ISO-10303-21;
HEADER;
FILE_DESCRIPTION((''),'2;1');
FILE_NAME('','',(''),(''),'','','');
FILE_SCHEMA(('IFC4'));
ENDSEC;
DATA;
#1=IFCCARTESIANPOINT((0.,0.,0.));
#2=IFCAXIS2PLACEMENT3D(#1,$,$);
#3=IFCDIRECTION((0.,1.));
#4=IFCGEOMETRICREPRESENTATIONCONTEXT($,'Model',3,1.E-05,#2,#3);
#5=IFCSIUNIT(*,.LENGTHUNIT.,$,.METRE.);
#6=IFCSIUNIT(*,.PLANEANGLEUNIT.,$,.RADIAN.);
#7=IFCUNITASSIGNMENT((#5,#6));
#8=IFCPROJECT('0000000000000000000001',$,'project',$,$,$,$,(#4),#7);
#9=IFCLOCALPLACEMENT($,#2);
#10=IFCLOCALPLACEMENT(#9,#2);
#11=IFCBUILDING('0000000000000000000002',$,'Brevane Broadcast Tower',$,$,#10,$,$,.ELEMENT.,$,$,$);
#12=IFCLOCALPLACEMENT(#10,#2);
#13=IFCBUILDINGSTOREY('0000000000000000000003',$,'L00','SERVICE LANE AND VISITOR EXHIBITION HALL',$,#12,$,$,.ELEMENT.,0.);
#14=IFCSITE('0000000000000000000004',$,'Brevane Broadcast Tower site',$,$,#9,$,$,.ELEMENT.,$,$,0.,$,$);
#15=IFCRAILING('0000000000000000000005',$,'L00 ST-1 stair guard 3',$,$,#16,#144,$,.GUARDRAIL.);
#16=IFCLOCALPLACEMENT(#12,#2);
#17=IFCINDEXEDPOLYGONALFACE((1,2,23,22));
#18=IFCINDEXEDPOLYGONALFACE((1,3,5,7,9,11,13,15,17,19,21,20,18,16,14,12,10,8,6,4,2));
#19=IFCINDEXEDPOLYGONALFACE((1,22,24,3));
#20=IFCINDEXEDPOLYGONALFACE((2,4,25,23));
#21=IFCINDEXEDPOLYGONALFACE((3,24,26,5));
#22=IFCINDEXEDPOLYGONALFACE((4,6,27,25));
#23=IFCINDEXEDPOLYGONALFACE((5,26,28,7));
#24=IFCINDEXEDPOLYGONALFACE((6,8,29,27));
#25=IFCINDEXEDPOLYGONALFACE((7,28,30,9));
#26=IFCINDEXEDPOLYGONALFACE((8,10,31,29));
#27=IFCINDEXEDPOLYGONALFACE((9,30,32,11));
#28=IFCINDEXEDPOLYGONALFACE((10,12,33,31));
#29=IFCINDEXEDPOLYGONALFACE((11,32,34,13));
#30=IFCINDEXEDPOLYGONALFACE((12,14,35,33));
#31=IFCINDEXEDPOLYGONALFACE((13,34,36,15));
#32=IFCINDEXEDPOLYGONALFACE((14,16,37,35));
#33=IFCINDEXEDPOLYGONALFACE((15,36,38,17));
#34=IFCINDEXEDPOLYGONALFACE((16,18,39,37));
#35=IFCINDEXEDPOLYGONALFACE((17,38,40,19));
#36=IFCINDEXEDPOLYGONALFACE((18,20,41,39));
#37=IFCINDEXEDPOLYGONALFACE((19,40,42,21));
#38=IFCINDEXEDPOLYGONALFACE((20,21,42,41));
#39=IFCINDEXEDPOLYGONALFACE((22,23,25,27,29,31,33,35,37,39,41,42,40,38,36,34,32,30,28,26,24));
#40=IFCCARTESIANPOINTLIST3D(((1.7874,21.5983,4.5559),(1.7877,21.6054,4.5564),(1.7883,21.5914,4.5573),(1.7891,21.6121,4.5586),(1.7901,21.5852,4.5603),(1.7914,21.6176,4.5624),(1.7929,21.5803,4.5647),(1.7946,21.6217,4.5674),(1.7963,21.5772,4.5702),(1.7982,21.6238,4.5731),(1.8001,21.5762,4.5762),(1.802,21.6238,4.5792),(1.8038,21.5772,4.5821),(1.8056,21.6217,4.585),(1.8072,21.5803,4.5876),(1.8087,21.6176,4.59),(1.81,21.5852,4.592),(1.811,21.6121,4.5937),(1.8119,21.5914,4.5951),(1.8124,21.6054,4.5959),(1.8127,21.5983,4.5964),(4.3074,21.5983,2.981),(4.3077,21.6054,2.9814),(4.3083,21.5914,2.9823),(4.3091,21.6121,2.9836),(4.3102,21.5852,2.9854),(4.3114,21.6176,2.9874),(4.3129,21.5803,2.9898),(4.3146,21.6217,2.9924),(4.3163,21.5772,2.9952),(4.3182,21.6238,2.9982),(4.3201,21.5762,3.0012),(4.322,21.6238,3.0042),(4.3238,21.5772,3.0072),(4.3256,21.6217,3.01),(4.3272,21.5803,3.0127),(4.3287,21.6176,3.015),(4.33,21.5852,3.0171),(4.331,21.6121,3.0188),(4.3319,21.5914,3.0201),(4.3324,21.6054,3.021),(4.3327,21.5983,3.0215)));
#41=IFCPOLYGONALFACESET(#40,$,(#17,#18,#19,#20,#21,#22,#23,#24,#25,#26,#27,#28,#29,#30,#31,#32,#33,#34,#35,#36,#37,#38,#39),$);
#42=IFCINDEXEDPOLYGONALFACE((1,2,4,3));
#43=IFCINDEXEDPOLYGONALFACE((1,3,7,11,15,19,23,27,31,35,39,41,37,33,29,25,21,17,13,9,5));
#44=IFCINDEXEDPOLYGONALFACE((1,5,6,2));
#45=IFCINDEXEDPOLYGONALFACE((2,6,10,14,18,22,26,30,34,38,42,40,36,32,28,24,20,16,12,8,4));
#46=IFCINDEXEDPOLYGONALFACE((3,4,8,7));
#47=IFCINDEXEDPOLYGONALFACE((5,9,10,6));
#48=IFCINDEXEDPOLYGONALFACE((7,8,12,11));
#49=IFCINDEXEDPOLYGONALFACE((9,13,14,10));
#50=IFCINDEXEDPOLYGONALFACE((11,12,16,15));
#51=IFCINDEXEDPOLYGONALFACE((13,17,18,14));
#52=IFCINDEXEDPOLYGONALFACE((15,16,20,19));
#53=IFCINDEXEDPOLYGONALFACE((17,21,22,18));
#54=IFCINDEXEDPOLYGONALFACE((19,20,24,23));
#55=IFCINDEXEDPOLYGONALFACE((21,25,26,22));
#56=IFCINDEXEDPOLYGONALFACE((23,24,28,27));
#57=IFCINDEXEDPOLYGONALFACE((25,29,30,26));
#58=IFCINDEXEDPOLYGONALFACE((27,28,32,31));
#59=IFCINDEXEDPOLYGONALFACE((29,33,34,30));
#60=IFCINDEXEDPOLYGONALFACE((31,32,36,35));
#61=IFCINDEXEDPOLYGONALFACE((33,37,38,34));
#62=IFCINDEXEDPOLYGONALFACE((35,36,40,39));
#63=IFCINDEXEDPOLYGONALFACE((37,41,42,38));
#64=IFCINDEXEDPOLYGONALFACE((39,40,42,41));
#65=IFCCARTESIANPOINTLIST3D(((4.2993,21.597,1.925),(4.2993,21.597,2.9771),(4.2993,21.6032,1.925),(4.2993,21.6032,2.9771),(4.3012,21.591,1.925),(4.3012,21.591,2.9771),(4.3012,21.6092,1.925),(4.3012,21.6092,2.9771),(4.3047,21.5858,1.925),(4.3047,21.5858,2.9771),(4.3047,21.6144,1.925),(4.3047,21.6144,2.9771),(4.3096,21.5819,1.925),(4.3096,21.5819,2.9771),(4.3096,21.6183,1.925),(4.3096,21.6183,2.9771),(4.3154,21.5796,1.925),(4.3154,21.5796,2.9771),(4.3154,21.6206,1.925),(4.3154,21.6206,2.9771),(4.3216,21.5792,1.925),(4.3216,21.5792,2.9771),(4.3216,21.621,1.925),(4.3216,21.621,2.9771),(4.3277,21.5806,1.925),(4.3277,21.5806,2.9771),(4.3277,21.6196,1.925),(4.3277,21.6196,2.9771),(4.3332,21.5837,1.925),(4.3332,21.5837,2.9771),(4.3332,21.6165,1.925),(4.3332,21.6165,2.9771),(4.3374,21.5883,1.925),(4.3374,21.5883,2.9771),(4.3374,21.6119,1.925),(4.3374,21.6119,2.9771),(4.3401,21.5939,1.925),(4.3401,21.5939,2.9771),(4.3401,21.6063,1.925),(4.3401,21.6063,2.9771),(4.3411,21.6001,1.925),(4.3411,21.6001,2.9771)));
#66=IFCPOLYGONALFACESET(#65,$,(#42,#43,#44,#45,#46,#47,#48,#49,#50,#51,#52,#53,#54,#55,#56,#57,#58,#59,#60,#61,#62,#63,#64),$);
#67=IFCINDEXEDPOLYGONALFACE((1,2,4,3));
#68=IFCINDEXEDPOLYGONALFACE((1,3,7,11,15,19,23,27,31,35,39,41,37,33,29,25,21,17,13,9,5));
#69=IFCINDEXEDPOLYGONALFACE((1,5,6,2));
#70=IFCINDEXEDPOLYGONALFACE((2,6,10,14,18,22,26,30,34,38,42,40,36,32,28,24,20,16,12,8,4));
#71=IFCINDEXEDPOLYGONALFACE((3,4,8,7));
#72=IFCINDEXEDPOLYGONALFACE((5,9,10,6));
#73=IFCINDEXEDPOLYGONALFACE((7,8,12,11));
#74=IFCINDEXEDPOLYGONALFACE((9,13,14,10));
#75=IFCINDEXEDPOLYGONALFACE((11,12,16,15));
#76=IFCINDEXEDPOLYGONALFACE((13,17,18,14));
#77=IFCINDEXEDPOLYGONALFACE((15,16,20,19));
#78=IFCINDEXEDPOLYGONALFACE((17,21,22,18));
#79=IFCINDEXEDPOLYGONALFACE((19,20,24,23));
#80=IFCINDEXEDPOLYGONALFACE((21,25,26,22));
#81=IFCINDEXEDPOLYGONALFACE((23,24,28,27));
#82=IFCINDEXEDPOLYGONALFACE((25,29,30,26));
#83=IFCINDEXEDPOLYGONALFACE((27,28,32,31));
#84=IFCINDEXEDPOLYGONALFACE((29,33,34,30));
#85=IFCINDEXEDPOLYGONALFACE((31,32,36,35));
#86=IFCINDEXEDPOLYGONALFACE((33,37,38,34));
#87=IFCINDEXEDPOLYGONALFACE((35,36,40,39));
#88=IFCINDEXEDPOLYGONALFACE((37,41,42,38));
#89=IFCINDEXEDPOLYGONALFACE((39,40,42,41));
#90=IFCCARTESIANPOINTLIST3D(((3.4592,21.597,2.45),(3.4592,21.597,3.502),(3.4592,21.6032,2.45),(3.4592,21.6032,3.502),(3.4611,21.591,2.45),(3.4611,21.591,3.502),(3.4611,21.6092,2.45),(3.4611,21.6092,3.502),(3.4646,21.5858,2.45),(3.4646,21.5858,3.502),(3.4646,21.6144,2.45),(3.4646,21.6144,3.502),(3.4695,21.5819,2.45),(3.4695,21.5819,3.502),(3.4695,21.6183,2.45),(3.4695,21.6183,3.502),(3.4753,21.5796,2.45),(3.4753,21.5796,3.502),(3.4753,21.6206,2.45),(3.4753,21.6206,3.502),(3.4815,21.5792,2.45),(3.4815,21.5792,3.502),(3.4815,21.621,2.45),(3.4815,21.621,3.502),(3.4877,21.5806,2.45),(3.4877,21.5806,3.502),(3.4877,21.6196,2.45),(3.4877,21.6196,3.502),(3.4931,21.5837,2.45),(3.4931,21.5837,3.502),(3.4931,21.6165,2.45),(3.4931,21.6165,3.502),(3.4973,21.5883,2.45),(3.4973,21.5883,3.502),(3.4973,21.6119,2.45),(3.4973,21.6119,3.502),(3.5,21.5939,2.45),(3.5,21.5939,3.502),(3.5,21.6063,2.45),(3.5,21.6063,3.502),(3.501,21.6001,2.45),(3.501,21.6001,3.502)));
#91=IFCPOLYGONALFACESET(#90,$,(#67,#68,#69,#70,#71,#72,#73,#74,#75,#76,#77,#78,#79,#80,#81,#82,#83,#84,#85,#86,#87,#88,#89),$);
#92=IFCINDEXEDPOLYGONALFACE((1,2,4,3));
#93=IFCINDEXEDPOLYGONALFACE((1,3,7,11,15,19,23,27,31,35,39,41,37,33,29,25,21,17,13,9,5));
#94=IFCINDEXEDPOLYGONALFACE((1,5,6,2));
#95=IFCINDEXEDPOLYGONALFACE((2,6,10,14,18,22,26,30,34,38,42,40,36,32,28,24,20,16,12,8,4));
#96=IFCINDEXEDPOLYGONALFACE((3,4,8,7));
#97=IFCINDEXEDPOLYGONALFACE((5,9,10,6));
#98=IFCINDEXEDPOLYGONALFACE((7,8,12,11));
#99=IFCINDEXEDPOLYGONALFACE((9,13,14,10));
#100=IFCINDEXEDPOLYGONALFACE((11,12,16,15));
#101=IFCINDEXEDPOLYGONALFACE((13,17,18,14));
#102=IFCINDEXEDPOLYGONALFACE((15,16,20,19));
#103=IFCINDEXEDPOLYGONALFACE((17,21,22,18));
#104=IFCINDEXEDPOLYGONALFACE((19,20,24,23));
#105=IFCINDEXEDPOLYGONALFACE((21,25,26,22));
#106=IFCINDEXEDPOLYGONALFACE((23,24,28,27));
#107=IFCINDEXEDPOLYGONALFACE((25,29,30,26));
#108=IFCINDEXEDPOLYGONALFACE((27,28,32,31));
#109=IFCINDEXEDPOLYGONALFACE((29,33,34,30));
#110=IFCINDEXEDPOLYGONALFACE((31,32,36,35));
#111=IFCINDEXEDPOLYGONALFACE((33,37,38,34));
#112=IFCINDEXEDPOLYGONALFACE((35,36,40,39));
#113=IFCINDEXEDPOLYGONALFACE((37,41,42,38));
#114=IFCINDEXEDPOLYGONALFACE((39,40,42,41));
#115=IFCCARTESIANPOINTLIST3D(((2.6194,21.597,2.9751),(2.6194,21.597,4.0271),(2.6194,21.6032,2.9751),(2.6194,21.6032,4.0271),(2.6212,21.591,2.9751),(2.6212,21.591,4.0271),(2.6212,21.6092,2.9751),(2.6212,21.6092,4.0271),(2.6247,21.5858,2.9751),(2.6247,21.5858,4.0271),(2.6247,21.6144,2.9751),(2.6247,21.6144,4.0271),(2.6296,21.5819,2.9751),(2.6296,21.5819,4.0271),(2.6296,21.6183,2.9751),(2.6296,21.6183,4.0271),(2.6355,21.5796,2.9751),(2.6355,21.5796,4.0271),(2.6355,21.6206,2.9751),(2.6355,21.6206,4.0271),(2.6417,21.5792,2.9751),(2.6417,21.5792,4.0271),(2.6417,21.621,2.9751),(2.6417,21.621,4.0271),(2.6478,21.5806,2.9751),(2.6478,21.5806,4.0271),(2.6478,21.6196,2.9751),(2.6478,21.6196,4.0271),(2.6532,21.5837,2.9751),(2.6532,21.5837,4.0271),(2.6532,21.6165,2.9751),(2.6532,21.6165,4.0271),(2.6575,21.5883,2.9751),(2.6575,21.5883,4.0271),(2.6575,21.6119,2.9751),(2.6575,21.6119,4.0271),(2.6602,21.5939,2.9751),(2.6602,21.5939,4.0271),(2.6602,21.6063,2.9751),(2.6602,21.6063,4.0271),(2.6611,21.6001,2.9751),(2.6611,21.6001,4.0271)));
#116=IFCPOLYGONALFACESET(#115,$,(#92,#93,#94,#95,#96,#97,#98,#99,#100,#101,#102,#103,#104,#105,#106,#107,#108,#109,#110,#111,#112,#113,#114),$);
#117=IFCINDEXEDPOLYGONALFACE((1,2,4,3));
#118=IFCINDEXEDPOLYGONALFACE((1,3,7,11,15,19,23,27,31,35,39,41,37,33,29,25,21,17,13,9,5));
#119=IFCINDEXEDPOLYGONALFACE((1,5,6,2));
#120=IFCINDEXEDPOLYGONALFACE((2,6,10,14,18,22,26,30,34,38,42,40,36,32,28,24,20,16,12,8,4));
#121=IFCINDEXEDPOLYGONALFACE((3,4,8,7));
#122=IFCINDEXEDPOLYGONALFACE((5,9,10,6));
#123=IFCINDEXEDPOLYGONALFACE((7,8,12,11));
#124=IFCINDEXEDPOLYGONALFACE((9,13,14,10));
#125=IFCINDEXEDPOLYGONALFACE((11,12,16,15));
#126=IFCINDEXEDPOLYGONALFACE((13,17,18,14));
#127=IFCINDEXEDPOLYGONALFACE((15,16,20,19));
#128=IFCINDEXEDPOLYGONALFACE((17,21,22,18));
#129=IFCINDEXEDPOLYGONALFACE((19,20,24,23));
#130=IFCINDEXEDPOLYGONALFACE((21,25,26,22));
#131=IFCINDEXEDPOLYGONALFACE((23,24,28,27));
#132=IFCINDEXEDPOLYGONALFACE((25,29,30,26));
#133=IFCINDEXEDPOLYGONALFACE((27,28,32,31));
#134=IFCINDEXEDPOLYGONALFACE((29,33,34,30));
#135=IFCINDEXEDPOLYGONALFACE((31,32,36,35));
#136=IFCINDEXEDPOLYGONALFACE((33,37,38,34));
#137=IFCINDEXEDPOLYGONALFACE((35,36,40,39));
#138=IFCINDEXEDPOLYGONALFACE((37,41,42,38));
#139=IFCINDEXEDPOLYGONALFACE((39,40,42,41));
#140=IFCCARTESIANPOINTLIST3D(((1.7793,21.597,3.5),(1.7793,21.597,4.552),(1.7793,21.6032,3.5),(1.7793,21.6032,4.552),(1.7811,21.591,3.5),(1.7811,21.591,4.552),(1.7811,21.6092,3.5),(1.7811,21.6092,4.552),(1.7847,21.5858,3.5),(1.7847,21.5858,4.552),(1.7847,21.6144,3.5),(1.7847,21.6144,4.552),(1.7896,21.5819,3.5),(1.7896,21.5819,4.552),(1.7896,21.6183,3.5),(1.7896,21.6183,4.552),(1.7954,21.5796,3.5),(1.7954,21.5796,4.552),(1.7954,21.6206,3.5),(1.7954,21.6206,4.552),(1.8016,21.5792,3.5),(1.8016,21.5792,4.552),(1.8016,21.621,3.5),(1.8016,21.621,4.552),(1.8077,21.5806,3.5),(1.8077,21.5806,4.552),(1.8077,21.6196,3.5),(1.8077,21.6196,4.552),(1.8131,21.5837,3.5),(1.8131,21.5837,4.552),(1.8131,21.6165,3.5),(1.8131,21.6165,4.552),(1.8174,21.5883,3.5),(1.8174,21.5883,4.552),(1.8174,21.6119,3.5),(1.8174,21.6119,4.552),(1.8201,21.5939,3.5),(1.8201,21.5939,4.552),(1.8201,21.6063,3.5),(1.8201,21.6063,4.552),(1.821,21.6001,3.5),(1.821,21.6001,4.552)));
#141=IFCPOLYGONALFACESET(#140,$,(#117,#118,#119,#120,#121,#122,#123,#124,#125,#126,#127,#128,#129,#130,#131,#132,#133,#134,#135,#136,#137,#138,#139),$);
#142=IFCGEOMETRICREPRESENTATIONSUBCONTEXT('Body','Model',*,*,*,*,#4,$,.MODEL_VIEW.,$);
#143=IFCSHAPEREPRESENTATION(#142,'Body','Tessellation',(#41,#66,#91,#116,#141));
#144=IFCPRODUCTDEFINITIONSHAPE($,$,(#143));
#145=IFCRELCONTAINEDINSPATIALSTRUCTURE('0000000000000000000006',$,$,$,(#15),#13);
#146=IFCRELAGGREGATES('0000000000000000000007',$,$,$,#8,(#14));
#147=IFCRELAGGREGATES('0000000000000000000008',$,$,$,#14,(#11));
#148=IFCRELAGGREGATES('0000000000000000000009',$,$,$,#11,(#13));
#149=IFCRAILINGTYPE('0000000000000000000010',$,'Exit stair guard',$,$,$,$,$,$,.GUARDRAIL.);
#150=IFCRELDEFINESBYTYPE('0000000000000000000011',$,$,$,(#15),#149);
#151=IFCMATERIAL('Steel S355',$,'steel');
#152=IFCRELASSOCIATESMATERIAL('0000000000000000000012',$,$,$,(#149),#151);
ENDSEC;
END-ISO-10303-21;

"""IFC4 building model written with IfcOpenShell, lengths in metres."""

from ifc_helpers import new_model, si_unit, direction, frame, origin, origin_2d, place, context, subcontext, project, spatial, circle, extrude, material, type_object, element, save


model = new_model("IFC4")

# Units and contexts
model_context = context("Model", 3, precision=1e-05, world=origin(), true_north=direction((0.0, 1.0)))
body_context = subcontext(model_context, "Body", "Model", "MODEL_VIEW")
ifc_project = project(units=[si_unit("LENGTHUNIT", "METRE"), si_unit("PLANEANGLEUNIT", "RADIAN")], contexts=[model_context])

# Site, building, storey
site_placement = place(None, origin())
site = spatial("IfcSite", under=ifc_project, at=site_placement, Name="Brevane Broadcast Tower site", CompositionType="ELEMENT", RefElevation=0.0)
building_placement = place(site_placement, origin())
building = spatial("IfcBuilding", under=site, at=building_placement, Name="Brevane Broadcast Tower", CompositionType="ELEMENT")
storey_placement = place(building_placement, origin())
storey = spatial("IfcBuildingStorey", under=building, at=storey_placement, Name="L00", Description="SERVICE LANE AND VISITOR EXHIBITION HALL", CompositionType="ELEMENT", Elevation=0.0)

# Railing
ifc_material_1 = material(Name="Steel S355", Category="steel")
railing_type_1 = type_object("IfcRailingType", Name="Exit stair guard", PredefinedType="GUARDRAIL", material=ifc_material_1)
railing_1_placement = place(storey_placement, frame((4.3201, 21.6001, 1.925)))
element("IfcRailing", 1, at=railing_1_placement, inside=storey, type_object=railing_type_1, Name="L00 ST-1 stair guard 3", PredefinedType="GUARDRAIL", context=body_context, shape_type="SweptSolid", body=[
    extrude(circle(Radius=0.0239, at=origin_2d()), frame((0.0, 0.0, 1.0762), z_axis=(-0.848008, 0.0, 0.529984), x_axis=(0.0, -1.0, 0.0)), (0.0, 0.0, 1.0), 2.9717),
    extrude(circle(Radius=0.021, at=origin_2d()), origin(), (0.0, 0.0, 1.0), 1.052),
    extrude(circle(Radius=0.021, at=origin_2d()), frame((-0.8401, 0.0, 0.5249)), (0.0, 0.0, 1.0), 1.052),
    extrude(circle(Radius=0.021, at=origin_2d()), frame((-1.6799, 0.0, 1.05)), (0.0, 0.0, 1.0), 1.052),
    extrude(circle(Radius=0.021, at=origin_2d()), frame((-2.52, 0.0, 1.575)), (0.0, 0.0, 1.0), 1.052),
])

save(model, "model.ifc")
